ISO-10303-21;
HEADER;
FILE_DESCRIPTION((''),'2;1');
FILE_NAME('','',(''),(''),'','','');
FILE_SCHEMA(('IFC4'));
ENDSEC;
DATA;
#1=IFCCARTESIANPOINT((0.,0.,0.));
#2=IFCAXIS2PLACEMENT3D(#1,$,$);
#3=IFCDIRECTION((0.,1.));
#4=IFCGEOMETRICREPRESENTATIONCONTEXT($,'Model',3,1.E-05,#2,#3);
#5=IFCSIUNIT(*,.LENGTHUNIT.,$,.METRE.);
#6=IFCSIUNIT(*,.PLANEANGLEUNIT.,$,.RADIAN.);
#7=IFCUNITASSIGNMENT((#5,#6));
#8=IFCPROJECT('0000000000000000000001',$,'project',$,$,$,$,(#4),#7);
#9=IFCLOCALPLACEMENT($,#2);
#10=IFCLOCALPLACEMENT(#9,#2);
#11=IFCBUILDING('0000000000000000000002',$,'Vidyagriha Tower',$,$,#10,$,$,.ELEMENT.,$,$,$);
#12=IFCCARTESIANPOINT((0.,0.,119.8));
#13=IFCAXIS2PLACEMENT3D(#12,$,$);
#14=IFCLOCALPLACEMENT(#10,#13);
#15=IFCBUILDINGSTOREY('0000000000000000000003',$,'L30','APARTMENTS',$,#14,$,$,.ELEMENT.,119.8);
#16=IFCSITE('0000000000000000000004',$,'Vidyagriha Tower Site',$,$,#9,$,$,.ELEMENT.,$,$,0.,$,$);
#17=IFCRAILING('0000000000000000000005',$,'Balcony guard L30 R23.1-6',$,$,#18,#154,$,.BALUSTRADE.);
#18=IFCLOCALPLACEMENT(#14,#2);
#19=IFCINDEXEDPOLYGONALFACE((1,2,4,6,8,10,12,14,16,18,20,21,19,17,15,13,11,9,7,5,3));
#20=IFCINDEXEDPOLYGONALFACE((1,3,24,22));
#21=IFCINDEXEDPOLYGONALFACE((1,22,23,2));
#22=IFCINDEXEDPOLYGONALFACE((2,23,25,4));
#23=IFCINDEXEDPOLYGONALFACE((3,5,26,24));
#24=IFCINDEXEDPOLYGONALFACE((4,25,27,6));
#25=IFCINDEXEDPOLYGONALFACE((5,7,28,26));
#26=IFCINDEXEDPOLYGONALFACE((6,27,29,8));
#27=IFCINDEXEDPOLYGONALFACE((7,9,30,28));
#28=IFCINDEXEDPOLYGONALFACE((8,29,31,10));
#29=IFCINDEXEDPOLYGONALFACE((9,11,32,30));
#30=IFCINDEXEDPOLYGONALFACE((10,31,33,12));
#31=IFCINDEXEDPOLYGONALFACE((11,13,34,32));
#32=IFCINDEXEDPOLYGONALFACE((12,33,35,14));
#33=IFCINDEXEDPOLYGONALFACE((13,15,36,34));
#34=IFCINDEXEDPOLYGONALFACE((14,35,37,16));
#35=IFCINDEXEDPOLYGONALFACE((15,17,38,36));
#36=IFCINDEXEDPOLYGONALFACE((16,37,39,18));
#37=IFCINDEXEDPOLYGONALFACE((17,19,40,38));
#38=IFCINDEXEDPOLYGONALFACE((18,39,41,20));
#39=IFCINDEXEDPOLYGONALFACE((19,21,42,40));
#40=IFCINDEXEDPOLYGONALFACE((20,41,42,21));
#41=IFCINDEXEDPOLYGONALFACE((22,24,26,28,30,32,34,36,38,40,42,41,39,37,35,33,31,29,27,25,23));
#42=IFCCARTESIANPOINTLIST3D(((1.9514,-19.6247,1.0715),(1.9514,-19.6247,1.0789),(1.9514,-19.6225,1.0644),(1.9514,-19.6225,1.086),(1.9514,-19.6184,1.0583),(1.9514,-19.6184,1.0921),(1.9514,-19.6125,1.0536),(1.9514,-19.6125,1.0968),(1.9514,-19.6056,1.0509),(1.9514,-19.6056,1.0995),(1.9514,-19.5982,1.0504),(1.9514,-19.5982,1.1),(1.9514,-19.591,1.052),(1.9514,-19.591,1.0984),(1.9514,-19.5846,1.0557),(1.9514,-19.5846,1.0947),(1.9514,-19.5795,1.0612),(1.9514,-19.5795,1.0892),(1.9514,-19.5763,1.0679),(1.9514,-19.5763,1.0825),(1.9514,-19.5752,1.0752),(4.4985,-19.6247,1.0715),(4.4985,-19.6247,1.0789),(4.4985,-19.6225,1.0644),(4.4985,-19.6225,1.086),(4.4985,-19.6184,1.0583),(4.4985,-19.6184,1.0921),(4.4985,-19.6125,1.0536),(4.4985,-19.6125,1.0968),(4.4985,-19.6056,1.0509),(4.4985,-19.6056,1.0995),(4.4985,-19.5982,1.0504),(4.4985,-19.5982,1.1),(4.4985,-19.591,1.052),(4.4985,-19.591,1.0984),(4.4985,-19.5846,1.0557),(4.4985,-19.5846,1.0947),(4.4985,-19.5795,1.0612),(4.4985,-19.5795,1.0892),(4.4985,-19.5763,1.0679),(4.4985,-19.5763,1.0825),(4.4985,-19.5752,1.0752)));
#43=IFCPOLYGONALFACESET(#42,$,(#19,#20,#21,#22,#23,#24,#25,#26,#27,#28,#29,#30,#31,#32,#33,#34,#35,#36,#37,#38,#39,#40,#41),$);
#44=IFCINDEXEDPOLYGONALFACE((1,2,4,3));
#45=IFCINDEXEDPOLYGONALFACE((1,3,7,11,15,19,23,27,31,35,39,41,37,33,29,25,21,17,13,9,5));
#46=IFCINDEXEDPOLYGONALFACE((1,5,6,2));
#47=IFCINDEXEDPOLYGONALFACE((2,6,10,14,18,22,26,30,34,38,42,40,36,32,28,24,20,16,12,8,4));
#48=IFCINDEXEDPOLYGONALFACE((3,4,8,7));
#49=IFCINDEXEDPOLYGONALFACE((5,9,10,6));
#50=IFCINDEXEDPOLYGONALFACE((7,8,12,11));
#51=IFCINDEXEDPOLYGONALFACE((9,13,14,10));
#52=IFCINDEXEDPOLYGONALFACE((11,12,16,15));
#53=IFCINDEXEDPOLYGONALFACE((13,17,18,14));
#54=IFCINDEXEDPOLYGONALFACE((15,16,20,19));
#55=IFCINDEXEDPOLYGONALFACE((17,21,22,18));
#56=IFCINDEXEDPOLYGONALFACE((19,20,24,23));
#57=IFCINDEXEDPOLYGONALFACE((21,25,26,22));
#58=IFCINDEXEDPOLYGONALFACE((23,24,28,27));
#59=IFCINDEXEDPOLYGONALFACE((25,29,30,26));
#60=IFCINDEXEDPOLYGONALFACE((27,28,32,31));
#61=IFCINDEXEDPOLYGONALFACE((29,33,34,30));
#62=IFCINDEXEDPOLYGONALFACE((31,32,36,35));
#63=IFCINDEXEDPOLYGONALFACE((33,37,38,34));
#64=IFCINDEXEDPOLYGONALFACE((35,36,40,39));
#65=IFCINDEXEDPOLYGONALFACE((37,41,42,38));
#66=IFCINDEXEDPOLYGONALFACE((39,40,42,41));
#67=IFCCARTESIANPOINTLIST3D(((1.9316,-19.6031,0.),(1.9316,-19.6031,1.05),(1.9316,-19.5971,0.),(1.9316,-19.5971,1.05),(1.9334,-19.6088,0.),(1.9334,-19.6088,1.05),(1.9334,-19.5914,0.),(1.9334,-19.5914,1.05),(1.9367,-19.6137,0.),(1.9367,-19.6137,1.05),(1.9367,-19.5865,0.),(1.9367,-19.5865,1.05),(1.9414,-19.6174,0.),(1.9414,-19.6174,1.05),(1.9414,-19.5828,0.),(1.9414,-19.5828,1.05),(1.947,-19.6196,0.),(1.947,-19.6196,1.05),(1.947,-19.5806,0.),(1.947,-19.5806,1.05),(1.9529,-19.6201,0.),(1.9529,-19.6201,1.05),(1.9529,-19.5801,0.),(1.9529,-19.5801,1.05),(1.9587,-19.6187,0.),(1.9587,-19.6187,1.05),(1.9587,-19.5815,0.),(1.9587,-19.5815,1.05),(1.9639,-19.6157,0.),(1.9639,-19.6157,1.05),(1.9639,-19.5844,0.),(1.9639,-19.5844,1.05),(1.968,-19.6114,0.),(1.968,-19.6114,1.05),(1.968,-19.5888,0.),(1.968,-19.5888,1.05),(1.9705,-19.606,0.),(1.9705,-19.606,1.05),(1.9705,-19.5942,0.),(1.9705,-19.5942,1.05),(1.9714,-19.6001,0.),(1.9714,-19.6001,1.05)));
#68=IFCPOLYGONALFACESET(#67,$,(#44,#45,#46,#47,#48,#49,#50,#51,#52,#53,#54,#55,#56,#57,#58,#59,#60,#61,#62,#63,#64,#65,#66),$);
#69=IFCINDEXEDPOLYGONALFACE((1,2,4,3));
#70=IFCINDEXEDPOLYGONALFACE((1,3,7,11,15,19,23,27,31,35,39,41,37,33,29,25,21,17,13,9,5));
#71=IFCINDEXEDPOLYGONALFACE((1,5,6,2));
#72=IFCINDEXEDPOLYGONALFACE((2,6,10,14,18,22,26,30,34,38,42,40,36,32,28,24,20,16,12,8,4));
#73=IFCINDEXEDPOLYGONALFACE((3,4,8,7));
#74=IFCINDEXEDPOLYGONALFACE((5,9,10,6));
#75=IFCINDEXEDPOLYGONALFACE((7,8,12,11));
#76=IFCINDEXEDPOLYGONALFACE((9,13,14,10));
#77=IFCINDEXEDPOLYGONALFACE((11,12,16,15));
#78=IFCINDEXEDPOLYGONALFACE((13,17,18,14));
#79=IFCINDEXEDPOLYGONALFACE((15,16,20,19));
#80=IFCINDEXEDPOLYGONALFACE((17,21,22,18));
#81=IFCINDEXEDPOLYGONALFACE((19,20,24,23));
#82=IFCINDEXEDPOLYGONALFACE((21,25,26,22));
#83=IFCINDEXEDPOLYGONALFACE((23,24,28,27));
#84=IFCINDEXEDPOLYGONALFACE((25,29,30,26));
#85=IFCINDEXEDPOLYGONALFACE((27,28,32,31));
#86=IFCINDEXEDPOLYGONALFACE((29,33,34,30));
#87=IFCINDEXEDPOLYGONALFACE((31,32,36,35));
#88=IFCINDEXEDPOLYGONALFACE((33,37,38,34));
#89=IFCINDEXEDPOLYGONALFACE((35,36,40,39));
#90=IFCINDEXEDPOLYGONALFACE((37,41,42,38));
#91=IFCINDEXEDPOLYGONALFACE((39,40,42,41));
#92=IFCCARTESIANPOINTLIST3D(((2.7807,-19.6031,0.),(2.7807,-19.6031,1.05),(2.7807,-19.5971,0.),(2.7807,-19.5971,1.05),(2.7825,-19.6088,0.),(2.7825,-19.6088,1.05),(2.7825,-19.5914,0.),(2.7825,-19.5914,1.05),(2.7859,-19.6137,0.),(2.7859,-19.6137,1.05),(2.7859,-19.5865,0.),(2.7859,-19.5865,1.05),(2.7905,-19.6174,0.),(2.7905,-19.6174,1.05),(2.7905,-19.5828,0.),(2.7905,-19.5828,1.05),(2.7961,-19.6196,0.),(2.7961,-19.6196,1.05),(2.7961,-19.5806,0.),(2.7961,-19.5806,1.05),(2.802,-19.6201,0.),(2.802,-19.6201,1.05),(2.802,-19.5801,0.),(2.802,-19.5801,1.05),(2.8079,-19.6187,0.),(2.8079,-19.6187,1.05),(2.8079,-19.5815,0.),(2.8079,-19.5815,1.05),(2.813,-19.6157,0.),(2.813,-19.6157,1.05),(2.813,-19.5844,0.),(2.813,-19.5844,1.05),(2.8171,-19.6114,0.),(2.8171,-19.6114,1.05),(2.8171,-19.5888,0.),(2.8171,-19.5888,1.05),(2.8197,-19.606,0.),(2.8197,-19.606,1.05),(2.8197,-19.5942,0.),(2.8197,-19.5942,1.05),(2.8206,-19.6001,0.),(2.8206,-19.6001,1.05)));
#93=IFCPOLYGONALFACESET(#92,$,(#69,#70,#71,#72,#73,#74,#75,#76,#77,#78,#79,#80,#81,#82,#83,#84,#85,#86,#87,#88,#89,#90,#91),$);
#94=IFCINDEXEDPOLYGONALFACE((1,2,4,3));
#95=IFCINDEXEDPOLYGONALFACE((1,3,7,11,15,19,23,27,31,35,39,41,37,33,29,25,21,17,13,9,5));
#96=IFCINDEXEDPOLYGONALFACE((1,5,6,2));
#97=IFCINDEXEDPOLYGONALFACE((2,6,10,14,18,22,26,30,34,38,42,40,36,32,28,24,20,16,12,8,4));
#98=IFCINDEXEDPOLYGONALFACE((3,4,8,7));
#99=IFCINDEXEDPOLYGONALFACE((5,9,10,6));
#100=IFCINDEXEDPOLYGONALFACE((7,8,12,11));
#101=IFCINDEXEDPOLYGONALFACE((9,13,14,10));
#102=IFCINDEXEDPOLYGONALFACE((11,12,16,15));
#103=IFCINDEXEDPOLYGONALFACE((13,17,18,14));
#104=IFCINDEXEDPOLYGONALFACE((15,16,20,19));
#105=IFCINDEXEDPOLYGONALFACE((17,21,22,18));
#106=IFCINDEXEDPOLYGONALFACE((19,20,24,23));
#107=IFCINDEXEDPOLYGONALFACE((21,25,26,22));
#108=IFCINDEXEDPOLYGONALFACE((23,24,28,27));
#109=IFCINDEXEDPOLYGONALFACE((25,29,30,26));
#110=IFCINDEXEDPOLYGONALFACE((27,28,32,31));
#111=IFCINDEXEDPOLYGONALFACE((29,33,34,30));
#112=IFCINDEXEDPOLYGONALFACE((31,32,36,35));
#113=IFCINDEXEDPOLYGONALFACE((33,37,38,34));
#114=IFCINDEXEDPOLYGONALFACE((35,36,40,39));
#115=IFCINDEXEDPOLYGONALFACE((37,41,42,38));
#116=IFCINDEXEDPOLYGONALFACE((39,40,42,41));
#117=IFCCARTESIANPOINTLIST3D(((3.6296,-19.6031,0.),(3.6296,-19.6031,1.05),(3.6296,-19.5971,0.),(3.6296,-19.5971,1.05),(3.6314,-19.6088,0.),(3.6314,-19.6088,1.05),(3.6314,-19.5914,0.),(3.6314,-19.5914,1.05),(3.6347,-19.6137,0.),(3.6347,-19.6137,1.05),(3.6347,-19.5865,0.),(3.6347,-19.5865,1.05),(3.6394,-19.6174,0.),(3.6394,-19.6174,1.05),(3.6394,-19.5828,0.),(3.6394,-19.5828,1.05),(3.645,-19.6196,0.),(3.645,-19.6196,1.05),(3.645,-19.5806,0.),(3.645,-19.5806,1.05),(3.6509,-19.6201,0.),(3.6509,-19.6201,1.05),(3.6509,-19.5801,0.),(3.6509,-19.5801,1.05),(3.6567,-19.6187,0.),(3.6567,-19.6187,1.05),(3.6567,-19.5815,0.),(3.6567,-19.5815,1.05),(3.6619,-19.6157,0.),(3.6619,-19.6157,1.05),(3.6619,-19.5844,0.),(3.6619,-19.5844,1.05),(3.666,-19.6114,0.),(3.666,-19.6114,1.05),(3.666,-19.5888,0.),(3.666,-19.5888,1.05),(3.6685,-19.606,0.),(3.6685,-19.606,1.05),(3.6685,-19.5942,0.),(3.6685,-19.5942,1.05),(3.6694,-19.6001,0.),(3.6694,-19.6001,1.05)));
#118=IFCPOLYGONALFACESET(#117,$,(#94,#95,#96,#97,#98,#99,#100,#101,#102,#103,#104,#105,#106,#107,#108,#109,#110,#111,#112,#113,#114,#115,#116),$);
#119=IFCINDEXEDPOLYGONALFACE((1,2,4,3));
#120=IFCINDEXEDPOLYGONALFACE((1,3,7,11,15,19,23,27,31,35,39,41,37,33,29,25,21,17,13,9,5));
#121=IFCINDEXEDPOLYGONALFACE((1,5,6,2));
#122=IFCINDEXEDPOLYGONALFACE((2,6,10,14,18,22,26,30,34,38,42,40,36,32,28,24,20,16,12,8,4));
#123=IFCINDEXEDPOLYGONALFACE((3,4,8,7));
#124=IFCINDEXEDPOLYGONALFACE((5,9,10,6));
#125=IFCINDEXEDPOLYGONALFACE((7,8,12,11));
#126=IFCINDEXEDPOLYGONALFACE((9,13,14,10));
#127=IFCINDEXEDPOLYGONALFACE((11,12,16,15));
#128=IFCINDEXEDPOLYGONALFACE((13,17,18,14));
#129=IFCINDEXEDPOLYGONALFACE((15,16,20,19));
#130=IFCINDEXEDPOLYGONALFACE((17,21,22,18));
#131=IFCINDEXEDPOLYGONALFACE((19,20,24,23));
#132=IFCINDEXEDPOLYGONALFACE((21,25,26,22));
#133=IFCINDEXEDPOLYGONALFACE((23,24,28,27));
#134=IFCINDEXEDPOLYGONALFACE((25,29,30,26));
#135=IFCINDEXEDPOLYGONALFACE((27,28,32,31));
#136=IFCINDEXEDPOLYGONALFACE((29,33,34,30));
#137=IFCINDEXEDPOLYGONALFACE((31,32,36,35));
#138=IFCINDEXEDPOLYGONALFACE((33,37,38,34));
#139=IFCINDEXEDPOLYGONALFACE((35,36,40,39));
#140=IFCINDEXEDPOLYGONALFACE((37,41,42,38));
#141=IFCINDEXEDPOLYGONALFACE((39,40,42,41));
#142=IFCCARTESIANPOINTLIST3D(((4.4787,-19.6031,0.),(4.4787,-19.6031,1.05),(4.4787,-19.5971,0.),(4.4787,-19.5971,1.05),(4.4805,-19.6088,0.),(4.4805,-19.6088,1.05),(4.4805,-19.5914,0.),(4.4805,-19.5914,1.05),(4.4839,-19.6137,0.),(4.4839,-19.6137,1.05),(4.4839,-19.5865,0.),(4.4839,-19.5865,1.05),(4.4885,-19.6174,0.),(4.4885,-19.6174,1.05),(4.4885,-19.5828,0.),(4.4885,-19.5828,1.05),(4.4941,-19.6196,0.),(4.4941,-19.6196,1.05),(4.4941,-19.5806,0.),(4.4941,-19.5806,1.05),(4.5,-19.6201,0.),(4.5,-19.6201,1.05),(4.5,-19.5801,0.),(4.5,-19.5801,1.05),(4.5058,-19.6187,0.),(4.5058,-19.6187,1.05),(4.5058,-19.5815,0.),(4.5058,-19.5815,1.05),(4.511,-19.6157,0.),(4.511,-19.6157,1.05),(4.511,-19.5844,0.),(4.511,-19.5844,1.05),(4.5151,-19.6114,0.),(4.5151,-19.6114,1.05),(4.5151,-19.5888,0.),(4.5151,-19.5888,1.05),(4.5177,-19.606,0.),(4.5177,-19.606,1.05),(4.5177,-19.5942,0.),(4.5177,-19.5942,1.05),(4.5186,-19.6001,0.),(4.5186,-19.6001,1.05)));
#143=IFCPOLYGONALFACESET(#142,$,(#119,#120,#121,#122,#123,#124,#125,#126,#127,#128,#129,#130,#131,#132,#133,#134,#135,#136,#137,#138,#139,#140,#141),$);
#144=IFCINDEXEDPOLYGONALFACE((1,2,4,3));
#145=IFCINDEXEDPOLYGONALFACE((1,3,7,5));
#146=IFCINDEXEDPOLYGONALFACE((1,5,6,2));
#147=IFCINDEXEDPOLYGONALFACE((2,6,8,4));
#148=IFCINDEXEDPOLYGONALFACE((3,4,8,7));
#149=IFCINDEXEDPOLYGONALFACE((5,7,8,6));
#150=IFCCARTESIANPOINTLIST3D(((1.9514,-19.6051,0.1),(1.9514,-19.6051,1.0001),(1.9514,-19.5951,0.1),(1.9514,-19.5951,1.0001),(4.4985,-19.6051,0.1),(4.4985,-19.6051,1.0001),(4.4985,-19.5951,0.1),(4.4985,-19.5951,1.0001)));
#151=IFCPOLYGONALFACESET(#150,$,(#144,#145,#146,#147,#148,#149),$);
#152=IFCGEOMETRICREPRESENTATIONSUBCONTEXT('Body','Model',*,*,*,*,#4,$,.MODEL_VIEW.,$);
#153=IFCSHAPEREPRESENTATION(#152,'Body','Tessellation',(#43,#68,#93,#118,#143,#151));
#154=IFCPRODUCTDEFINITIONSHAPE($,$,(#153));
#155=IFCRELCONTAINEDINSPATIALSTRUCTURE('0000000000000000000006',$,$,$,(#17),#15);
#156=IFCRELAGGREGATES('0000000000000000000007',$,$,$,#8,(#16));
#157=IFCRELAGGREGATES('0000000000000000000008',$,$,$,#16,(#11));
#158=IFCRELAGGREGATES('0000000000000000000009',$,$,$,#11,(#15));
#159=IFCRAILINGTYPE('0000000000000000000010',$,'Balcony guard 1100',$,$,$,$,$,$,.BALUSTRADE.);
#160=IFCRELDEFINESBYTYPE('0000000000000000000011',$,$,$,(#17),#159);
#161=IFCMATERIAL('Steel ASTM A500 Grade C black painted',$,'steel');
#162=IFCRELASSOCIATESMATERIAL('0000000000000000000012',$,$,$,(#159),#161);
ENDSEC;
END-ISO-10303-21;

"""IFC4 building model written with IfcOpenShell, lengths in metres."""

from ifc_helpers import new_model, si_unit, direction, frame, origin, origin_2d, place, context, subcontext, project, spatial, rectangle, circle, extrude, material, type_object, element, save


model = new_model("IFC4")

# Units and contexts
model_context = context("Model", 3, precision=1e-05, world=origin(), true_north=direction((0.0, 1.0)))
body_context = subcontext(model_context, "Body", "Model", "MODEL_VIEW")
ifc_project = project(units=[si_unit("LENGTHUNIT", "METRE"), si_unit("PLANEANGLEUNIT", "RADIAN")], contexts=[model_context])

# Site, building, storey
site_placement = place(None, origin())
site = spatial("IfcSite", under=ifc_project, at=site_placement, Name="Vidyagriha Tower Site", CompositionType="ELEMENT", RefElevation=0.0)
building_placement = place(site_placement, origin())
building = spatial("IfcBuilding", under=site, at=building_placement, Name="Vidyagriha Tower", CompositionType="ELEMENT")
storey_placement = place(building_placement, frame((0.0, 0.0, 119.8)))
storey = spatial("IfcBuildingStorey", under=building, at=storey_placement, Name="L30", Description="APARTMENTS", CompositionType="ELEMENT", Elevation=119.8)

# Railing
ifc_material_1 = material(Name="Steel ASTM A500 Grade C black painted", Category="steel")
railing_type = type_object("IfcRailingType", Name="Balcony guard 1100", PredefinedType="BALUSTRADE", material=ifc_material_1)
railing_1_placement = place(storey_placement, frame((1.9514, -19.6001, 0.0)))
element("IfcRailing", 1, at=railing_1_placement, inside=storey, type_object=railing_type, Name="Balcony guard L30 R23.1-6", PredefinedType="BALUSTRADE", context=body_context, shape_type="SweptSolid", body=[
    extrude(circle(Radius=0.0249, at=origin_2d()), frame((0.0, 0.0, 1.0752), z_axis=(1.0, 0.0, 0.0), x_axis=(0.0, 1.0, 0.0)), (0.0, 0.0, 1.0), 2.5471),
    extrude(circle(Radius=0.02, at=origin_2d()), origin(), (0.0, 0.0, 1.0), 1.05),
    extrude(circle(Radius=0.02, at=origin_2d()), frame((0.8491, 0.0, 0.0)), (0.0, 0.0, 1.0), 1.05),
    extrude(circle(Radius=0.02, at=origin_2d()), frame((1.698, 0.0, 0.0)), (0.0, 0.0, 1.0), 1.05),
    extrude(circle(Radius=0.02, at=origin_2d()), frame((2.5471, 0.0, 0.0)), (0.0, 0.0, 1.0), 1.05),
    extrude(rectangle(XDim=0.01, YDim=0.9001, at=origin_2d()), frame((0.0, 0.0, 0.55), z_axis=(1.0, 0.0, 0.0), x_axis=(0.0, 1.0, 0.0)), (0.0, 0.0, 1.0), 2.5471),
])

save(model, "model.ifc")
